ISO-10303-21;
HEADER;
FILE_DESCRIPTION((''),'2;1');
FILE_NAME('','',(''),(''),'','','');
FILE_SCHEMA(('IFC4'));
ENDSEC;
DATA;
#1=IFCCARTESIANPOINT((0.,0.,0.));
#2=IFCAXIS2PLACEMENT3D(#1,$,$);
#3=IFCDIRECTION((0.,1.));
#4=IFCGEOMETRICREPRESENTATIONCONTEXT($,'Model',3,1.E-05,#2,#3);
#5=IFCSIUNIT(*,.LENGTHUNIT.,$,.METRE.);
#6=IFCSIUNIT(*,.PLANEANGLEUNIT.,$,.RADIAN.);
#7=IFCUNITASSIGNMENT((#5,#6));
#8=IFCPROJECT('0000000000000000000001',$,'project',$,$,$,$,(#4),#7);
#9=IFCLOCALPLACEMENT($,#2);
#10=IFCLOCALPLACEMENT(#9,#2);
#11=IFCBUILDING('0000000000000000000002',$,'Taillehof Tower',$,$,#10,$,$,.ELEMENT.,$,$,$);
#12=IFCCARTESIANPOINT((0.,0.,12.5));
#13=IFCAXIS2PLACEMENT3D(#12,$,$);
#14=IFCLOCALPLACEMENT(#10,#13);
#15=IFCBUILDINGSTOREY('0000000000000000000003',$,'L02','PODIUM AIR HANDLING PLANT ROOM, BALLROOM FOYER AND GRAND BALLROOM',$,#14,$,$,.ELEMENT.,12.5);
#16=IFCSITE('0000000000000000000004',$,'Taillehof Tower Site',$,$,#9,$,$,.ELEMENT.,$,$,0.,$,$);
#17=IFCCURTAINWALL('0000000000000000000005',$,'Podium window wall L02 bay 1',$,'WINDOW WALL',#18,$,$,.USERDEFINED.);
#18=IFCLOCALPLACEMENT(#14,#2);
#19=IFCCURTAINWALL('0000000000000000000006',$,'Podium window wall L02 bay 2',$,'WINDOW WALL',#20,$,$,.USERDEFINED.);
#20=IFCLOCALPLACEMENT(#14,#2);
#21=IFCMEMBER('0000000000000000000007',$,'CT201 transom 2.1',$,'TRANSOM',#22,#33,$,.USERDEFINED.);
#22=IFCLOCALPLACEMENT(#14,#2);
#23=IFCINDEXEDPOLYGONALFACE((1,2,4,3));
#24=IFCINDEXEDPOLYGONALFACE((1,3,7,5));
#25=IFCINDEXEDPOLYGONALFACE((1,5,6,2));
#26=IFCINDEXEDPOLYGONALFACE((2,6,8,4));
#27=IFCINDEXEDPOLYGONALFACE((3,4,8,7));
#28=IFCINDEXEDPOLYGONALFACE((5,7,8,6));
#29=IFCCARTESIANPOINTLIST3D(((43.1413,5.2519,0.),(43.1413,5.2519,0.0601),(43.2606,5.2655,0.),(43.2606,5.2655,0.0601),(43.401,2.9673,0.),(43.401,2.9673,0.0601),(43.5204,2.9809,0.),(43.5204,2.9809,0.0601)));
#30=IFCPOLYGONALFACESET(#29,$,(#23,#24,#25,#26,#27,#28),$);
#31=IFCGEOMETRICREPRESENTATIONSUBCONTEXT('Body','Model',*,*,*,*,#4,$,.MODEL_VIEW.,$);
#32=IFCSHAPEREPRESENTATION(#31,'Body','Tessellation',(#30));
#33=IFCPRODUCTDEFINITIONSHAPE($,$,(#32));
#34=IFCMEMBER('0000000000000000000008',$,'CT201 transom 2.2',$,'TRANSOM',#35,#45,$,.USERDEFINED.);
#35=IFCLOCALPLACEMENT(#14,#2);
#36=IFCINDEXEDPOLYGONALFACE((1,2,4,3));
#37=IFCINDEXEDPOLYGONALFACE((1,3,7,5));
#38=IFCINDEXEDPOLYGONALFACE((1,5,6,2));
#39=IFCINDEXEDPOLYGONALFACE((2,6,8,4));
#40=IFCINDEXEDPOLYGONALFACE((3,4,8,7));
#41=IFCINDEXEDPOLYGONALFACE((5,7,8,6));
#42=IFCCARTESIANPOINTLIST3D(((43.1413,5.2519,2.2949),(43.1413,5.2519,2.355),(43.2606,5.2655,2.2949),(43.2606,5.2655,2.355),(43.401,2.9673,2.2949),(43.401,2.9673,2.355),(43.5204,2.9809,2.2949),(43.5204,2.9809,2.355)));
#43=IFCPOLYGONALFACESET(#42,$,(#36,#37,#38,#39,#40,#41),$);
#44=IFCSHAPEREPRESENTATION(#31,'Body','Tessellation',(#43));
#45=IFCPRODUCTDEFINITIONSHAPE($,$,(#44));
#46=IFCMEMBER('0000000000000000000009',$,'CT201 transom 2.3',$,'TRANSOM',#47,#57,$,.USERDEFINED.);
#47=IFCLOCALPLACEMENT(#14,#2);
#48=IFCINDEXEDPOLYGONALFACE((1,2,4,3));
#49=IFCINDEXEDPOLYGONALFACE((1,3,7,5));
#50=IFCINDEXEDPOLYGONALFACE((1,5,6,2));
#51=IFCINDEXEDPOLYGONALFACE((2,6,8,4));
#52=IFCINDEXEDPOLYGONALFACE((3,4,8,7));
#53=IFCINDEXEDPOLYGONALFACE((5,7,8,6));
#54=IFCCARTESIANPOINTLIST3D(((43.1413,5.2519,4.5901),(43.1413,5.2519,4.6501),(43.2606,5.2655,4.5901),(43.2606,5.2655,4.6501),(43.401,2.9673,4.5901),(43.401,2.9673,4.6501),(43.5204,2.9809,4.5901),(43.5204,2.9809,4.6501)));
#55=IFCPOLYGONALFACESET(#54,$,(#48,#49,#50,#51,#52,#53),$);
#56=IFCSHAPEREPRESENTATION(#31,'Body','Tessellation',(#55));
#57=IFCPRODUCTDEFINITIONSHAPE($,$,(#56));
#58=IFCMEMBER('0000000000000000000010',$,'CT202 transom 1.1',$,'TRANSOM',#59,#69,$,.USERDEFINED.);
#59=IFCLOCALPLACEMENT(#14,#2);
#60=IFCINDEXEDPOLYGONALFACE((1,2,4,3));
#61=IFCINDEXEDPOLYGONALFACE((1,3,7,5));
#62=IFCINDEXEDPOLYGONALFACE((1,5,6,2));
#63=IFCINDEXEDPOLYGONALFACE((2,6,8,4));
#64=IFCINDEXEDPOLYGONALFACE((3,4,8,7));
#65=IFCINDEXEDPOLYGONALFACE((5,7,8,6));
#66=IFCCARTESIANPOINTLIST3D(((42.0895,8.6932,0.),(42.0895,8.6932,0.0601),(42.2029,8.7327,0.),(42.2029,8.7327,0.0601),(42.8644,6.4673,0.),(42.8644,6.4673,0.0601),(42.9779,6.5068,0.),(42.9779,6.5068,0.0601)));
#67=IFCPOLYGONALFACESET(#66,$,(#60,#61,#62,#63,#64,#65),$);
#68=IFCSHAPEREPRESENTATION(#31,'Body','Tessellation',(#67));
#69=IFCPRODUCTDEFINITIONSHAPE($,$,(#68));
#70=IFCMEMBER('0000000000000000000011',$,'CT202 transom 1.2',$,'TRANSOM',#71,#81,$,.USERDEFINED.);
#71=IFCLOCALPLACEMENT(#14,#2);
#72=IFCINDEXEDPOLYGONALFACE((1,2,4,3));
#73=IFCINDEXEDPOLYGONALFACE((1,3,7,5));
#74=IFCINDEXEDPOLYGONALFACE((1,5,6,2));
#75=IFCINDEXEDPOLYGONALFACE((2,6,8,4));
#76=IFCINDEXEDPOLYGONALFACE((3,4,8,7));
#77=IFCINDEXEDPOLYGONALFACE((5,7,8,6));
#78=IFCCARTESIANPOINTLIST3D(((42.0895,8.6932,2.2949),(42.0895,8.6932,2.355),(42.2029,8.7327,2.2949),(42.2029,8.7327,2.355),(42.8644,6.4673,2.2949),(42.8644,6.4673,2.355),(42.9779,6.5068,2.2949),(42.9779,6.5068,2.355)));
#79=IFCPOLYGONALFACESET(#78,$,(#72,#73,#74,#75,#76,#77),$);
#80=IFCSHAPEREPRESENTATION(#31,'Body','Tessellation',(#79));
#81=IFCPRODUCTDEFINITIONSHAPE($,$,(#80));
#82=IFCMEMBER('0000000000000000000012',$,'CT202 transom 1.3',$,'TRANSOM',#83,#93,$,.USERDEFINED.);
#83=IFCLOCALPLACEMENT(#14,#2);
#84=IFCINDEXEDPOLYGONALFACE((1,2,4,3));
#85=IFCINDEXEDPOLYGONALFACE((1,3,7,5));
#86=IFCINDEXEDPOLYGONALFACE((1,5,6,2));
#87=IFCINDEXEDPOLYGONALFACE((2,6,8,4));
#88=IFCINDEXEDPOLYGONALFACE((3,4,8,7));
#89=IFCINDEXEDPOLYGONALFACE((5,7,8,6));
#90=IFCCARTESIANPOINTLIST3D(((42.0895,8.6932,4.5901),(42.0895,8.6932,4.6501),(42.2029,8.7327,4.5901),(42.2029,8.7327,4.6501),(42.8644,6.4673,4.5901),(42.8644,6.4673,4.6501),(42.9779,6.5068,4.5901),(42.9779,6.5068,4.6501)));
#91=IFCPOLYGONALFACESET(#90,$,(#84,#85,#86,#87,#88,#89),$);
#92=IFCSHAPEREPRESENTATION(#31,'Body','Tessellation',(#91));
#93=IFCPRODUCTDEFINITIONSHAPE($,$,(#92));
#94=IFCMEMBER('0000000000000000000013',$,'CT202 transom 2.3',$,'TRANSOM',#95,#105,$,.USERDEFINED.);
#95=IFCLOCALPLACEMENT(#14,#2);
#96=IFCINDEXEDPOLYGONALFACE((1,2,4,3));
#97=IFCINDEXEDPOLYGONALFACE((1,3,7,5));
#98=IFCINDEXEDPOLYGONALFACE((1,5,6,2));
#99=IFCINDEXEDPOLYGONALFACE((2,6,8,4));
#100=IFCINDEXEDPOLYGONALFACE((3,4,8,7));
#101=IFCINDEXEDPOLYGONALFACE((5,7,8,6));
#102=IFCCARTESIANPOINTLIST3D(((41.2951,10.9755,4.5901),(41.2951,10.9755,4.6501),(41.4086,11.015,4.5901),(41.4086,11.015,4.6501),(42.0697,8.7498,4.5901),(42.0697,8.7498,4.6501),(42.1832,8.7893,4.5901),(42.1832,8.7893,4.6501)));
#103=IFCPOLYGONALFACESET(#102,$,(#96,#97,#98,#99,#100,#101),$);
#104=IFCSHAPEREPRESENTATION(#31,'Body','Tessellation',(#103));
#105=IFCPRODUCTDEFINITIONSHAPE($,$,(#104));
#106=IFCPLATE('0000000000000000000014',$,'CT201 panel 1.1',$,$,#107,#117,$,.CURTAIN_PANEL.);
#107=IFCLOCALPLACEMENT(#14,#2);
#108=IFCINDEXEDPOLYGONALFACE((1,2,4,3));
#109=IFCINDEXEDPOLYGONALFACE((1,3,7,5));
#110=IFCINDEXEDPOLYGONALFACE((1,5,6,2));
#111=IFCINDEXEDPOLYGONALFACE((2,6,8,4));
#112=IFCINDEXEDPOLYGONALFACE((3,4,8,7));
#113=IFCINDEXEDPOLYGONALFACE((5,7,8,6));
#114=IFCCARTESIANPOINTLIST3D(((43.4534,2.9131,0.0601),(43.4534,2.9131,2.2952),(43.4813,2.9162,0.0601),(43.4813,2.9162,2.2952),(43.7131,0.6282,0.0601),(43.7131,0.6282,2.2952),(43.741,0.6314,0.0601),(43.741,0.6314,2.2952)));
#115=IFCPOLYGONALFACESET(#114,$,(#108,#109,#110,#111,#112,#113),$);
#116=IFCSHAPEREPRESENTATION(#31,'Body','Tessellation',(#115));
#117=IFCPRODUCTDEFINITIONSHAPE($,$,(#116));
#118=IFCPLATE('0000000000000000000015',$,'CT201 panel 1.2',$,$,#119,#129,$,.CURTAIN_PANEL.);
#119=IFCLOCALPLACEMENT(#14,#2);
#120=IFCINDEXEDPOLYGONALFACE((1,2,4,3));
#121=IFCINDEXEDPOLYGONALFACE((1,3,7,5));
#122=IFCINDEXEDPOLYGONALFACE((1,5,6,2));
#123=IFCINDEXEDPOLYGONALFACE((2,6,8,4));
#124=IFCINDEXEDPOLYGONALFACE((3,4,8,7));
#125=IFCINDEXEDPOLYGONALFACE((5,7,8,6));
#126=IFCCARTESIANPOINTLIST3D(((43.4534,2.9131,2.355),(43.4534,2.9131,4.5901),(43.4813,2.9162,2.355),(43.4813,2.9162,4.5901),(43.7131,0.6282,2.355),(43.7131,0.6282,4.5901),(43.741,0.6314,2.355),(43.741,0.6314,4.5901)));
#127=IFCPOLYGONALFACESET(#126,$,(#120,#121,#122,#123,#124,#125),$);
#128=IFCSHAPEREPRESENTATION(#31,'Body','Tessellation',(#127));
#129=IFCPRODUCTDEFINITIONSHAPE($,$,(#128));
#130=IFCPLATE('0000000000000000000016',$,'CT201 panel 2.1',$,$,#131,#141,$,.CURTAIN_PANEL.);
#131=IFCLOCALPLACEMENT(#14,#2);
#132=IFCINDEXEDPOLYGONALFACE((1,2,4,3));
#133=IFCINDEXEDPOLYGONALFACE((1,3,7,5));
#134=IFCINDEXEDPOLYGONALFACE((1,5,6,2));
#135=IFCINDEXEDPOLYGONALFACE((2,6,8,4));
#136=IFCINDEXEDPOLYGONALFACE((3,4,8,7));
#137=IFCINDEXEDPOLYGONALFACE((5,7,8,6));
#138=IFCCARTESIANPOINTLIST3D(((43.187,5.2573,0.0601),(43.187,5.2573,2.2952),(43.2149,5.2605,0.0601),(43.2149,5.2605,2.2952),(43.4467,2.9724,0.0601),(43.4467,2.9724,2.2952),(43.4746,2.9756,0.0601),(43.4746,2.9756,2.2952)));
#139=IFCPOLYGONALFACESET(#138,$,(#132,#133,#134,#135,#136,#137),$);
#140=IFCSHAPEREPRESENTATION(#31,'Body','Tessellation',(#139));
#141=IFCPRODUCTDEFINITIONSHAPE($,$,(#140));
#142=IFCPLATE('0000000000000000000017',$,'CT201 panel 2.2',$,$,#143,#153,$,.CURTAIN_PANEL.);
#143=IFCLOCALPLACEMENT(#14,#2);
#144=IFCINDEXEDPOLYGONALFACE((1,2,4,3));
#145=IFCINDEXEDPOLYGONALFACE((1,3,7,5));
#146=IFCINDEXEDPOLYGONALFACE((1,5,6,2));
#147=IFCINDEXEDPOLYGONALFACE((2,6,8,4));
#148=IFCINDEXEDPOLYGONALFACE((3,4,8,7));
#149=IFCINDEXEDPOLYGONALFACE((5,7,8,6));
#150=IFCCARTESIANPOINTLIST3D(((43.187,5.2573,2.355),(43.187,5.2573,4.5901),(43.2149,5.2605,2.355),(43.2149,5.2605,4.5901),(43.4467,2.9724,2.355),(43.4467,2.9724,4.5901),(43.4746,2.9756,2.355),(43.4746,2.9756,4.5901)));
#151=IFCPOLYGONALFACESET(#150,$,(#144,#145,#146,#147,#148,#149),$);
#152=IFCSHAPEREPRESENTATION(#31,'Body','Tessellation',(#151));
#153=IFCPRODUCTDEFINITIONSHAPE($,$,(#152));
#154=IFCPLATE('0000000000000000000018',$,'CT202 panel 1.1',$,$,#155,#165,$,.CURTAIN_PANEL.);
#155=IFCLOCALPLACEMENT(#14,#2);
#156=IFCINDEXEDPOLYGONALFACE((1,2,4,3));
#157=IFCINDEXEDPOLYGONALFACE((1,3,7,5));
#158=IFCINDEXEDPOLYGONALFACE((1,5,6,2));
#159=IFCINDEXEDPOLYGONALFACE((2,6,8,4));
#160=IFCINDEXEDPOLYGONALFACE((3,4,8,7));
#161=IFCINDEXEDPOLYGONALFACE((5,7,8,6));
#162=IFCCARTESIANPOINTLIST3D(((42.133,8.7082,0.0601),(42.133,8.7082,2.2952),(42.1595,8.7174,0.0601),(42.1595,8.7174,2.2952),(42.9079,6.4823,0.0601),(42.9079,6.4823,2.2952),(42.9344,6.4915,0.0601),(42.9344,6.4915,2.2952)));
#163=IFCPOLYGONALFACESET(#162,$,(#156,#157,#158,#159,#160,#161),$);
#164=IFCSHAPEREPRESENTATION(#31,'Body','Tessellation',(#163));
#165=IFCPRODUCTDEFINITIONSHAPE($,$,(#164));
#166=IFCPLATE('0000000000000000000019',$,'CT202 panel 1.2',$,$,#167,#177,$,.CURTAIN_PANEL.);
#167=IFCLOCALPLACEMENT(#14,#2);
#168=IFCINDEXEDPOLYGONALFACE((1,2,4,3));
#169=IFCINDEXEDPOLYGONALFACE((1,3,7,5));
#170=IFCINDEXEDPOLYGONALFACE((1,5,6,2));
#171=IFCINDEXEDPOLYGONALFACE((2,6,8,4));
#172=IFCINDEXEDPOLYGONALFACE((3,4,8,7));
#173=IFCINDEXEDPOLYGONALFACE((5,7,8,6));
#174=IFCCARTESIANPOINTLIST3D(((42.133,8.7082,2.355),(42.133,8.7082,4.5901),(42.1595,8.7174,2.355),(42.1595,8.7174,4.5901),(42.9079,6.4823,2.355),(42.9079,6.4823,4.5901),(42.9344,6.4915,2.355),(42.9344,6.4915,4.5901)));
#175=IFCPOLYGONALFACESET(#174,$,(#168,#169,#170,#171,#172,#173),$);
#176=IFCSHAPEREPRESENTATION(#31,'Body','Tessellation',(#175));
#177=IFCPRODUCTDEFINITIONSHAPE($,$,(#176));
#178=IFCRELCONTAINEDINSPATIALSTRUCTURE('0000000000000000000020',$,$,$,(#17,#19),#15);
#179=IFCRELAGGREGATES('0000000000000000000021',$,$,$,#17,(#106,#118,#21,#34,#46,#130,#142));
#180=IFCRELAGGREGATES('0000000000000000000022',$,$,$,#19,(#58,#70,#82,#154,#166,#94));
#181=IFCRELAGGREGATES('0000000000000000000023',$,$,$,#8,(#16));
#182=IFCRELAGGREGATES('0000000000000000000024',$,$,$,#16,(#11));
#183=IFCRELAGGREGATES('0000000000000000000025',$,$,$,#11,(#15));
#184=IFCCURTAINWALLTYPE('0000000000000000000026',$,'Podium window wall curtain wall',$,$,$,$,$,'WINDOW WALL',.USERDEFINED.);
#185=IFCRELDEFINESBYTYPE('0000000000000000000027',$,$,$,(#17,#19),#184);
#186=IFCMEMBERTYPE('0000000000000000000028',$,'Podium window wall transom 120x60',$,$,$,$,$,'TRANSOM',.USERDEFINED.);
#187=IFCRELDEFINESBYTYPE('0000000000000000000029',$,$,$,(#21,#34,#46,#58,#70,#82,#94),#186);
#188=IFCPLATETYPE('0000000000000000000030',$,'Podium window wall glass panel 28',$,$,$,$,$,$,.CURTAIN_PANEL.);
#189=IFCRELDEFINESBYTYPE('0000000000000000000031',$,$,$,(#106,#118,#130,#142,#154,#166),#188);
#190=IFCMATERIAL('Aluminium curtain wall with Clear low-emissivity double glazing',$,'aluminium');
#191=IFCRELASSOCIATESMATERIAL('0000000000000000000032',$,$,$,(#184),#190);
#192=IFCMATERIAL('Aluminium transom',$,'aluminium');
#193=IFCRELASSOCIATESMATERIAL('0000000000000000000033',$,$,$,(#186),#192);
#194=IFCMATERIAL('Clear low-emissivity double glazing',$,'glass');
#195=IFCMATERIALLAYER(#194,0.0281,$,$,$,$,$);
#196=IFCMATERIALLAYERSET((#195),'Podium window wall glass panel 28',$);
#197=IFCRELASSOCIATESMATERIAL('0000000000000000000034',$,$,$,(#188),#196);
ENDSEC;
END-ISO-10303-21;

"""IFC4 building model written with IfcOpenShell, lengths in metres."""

from ifc_helpers import new_model, si_unit, direction, frame, origin, origin_2d, place, context, subcontext, project, spatial, rectangle, extrude, material, layer, layer_set, material_profile, profile_set, type_object, element, aggregate, save


model = new_model("IFC4")

# Units and contexts
model_context = context("Model", 3, precision=1e-05, world=origin(), true_north=direction((0.0, 1.0)))
body_context = subcontext(model_context, "Body", "Model", "MODEL_VIEW")
ifc_project = project(units=[si_unit("LENGTHUNIT", "METRE"), si_unit("PLANEANGLEUNIT", "RADIAN")], contexts=[model_context])

# Site, building, storey
site_placement = place(None, origin())
site = spatial("IfcSite", under=ifc_project, at=site_placement, Name="Taillehof Tower Site", CompositionType="ELEMENT", RefElevation=0.0)
building_placement = place(site_placement, origin())
building = spatial("IfcBuilding", under=site, at=building_placement, Name="Taillehof Tower", CompositionType="ELEMENT")
storey_placement = place(building_placement, frame((0.0, 0.0, 12.5)))
storey = spatial("IfcBuildingStorey", under=building, at=storey_placement, Name="L02", Description="PODIUM AIR HANDLING PLANT ROOM, BALLROOM FOYER AND GRAND BALLROOM", CompositionType="ELEMENT", Elevation=12.5)

# Curtain walls
ifc_material_1 = material(Name="Aluminium curtain wall with Clear low-emissivity double glazing", Category="aluminium")
curtain_wall_type = type_object("IfcCurtainWallType", Name="Podium window wall curtain wall", ElementType="WINDOW WALL", PredefinedType="USERDEFINED", material=ifc_material_1)
curtain_wall_1_placement = place(storey_placement, origin())
curtain_wall_1 = element("IfcCurtainWall", 1, at=curtain_wall_1_placement, inside=storey, type_object=curtain_wall_type, Name="Podium window wall L02 bay 1", ObjectType="WINDOW WALL", PredefinedType="USERDEFINED")
curtain_wall_2_placement = place(storey_placement, origin())
curtain_wall_2 = element("IfcCurtainWall", 2, at=curtain_wall_2_placement, inside=storey, type_object=curtain_wall_type, Name="Podium window wall L02 bay 2", ObjectType="WINDOW WALL", PredefinedType="USERDEFINED")

# Members
ifc_material_2 = material(Name="Aluminium transom", Category="aluminium")
ifc_material_profile_1 = material_profile(ifc_material_2, rectangle(XDim=0.1201, YDim=0.0601, at=origin_2d()), Name="AL 120x60")
ifc_profile_set_1 = profile_set([ifc_material_profile_1], Name="Aluminium transom")
member_type_1 = type_object("IfcMemberType", Name="Podium window wall transom 120x60", ElementType="TRANSOM", PredefinedType="USERDEFINED", material=ifc_profile_set_1)
member_1_placement = place(storey_placement, frame((43.4607, 2.9741, 0.03), z_axis=(-0.112972, 0.993598, 0.0), x_axis=(-0.993598, -0.112972, 0.0)))
member_1 = element("IfcMember", 3, at=member_1_placement, type_object=member_type_1, Name="CT201 transom 2.1", ObjectType="TRANSOM", PredefinedType="USERDEFINED", context=body_context, shape_type="SweptSolid", body=[
    extrude(rectangle(XDim=0.1201, YDim=0.0601, at=origin_2d()), origin(), (0.0, 0.0, 1.0), 2.2993),
])
member_2_placement = place(storey_placement, frame((43.4607, 2.9741, 2.325), z_axis=(-0.112972, 0.993598, 0.0), x_axis=(-0.993598, -0.112972, 0.0)))
member_2 = element("IfcMember", 4, at=member_2_placement, type_object=member_type_1, Name="CT201 transom 2.2", ObjectType="TRANSOM", PredefinedType="USERDEFINED", context=body_context, shape_type="SweptSolid", body=[
    extrude(rectangle(XDim=0.1201, YDim=0.0601, at=origin_2d()), origin(), (0.0, 0.0, 1.0), 2.2993),
])
member_3_placement = place(storey_placement, frame((43.4607, 2.9741, 4.6201), z_axis=(-0.112972, 0.993598, 0.0), x_axis=(-0.993598, -0.112972, 0.0)))
member_3 = element("IfcMember", 5, at=member_3_placement, type_object=member_type_1, Name="CT201 transom 2.3", ObjectType="TRANSOM", PredefinedType="USERDEFINED", context=body_context, shape_type="SweptSolid", body=[
    extrude(rectangle(XDim=0.1201, YDim=0.0601, at=origin_2d()), origin(), (0.0, 0.0, 1.0), 2.2993),
])
member_4_placement = place(storey_placement, frame((42.9211, 6.4871, 0.03), z_axis=(-0.328786, 0.944405, 0.0), x_axis=(-0.944405, -0.328786, 0.0)))
member_4 = element("IfcMember", 6, at=member_4_placement, type_object=member_type_1, Name="CT202 transom 1.1", ObjectType="TRANSOM", PredefinedType="USERDEFINED", context=body_context, shape_type="SweptSolid", body=[
    extrude(rectangle(XDim=0.1201, YDim=0.0601, at=origin_2d()), origin(), (0.0, 0.0, 1.0), 2.3569),
])
member_5_placement = place(storey_placement, frame((42.9211, 6.4871, 2.325), z_axis=(-0.328786, 0.944405, 0.0), x_axis=(-0.944405, -0.328786, 0.0)))
member_5 = element("IfcMember", 7, at=member_5_placement, type_object=member_type_1, Name="CT202 transom 1.2", ObjectType="TRANSOM", PredefinedType="USERDEFINED", context=body_context, shape_type="SweptSolid", body=[
    extrude(rectangle(XDim=0.1201, YDim=0.0601, at=origin_2d()), origin(), (0.0, 0.0, 1.0), 2.3569),
])
member_6_placement = place(storey_placement, frame((42.9211, 6.4871, 4.6201), z_axis=(-0.328786, 0.944405, 0.0), x_axis=(-0.944405, -0.328786, 0.0)))
member_6 = element("IfcMember", 8, at=member_6_placement, type_object=member_type_1, Name="CT202 transom 1.3", ObjectType="TRANSOM", PredefinedType="USERDEFINED", context=body_context, shape_type="SweptSolid", body=[
    extrude(rectangle(XDim=0.1201, YDim=0.0601, at=origin_2d()), origin(), (0.0, 0.0, 1.0), 2.3569),
])
member_7_placement = place(storey_placement, frame((42.1265, 8.7695, 4.6201), z_axis=(-0.328693, 0.944437, 0.0), x_axis=(-0.944437, -0.328693, 0.0)))
member_7 = element("IfcMember", 9, at=member_7_placement, type_object=member_type_1, Name="CT202 transom 2.3", ObjectType="TRANSOM", PredefinedType="USERDEFINED", context=body_context, shape_type="SweptSolid", body=[
    extrude(rectangle(XDim=0.1201, YDim=0.0601, at=origin_2d()), origin(), (0.0, 0.0, 1.0), 2.3567),
])

# Plates
ifc_material_3 = material(Name="Clear low-emissivity double glazing", Category="glass")
ifc_layer = layer(ifc_material_3, 0.0281)
ifc_layer_set = layer_set([ifc_layer], Name="Podium window wall glass panel 28")
plate_type = type_object("IfcPlateType", Name="Podium window wall glass panel 28", PredefinedType="CURTAIN_PANEL", material=ifc_layer_set)
plate_1_placement = place(storey_placement, frame((43.5972, 1.7722, 0.0601), z_axis=(0.0, 0.0, 1.0), x_axis=(-0.112932, 0.993603, 0.0)))
plate_1 = element("IfcPlate", 10, at=plate_1_placement, type_object=plate_type, Name="CT201 panel 1.1", PredefinedType="CURTAIN_PANEL", context=body_context, shape_type="SweptSolid", body=[
    extrude(rectangle(XDim=2.2996, YDim=0.0281, at=origin_2d()), origin(), (0.0, 0.0, 1.0), 2.2351),
])
plate_2_placement = place(storey_placement, frame((43.5972, 1.7722, 2.355), z_axis=(0.0, 0.0, 1.0), x_axis=(-0.112932, 0.993603, 0.0)))
plate_2 = element("IfcPlate", 11, at=plate_2_placement, type_object=plate_type, Name="CT201 panel 1.2", PredefinedType="CURTAIN_PANEL", context=body_context, shape_type="SweptSolid", body=[
    extrude(rectangle(XDim=2.2996, YDim=0.0281, at=origin_2d()), origin(), (0.0, 0.0, 1.0), 2.2351),
])
plate_3_placement = place(storey_placement, frame((43.3308, 4.1165, 0.0601), z_axis=(0.0, 0.0, 1.0), x_axis=(-0.112932, 0.993603, 0.0)))
plate_3 = element("IfcPlate", 12, at=plate_3_placement, type_object=plate_type, Name="CT201 panel 2.1", PredefinedType="CURTAIN_PANEL", context=body_context, shape_type="SweptSolid", body=[
    extrude(rectangle(XDim=2.2996, YDim=0.0281, at=origin_2d()), origin(), (0.0, 0.0, 1.0), 2.2351),
])
plate_4_placement = place(storey_placement, frame((43.3308, 4.1165, 2.355), z_axis=(0.0, 0.0, 1.0), x_axis=(-0.112932, 0.993603, 0.0)))
plate_4 = element("IfcPlate", 13, at=plate_4_placement, type_object=plate_type, Name="CT201 panel 2.2", PredefinedType="CURTAIN_PANEL", context=body_context, shape_type="SweptSolid", body=[
    extrude(rectangle(XDim=2.2996, YDim=0.0281, at=origin_2d()), origin(), (0.0, 0.0, 1.0), 2.2351),
])
aggregate(curtain_wall_1, [plate_1, plate_2, member_1, member_2, member_3, plate_3, plate_4])
plate_5_placement = place(storey_placement, frame((42.5337, 7.5999, 0.0601), z_axis=(0.0, 0.0, 1.0), x_axis=(-0.328758, 0.944414, 0.0)))
plate_5 = element("IfcPlate", 14, at=plate_5_placement, type_object=plate_type, Name="CT202 panel 1.1", PredefinedType="CURTAIN_PANEL", context=body_context, shape_type="SweptSolid", body=[
    extrude(rectangle(XDim=2.3569, YDim=0.0281, at=origin_2d()), origin(), (0.0, 0.0, 1.0), 2.2351),
])
plate_6_placement = place(storey_placement, frame((42.5337, 7.5999, 2.355), z_axis=(0.0, 0.0, 1.0), x_axis=(-0.328758, 0.944414, 0.0)))
plate_6 = element("IfcPlate", 15, at=plate_6_placement, type_object=plate_type, Name="CT202 panel 1.2", PredefinedType="CURTAIN_PANEL", context=body_context, shape_type="SweptSolid", body=[
    extrude(rectangle(XDim=2.3569, YDim=0.0281, at=origin_2d()), origin(), (0.0, 0.0, 1.0), 2.2351),
])
aggregate(curtain_wall_2, [member_4, member_5, member_6, plate_5, plate_6, member_7])

save(model, "model.ifc")
